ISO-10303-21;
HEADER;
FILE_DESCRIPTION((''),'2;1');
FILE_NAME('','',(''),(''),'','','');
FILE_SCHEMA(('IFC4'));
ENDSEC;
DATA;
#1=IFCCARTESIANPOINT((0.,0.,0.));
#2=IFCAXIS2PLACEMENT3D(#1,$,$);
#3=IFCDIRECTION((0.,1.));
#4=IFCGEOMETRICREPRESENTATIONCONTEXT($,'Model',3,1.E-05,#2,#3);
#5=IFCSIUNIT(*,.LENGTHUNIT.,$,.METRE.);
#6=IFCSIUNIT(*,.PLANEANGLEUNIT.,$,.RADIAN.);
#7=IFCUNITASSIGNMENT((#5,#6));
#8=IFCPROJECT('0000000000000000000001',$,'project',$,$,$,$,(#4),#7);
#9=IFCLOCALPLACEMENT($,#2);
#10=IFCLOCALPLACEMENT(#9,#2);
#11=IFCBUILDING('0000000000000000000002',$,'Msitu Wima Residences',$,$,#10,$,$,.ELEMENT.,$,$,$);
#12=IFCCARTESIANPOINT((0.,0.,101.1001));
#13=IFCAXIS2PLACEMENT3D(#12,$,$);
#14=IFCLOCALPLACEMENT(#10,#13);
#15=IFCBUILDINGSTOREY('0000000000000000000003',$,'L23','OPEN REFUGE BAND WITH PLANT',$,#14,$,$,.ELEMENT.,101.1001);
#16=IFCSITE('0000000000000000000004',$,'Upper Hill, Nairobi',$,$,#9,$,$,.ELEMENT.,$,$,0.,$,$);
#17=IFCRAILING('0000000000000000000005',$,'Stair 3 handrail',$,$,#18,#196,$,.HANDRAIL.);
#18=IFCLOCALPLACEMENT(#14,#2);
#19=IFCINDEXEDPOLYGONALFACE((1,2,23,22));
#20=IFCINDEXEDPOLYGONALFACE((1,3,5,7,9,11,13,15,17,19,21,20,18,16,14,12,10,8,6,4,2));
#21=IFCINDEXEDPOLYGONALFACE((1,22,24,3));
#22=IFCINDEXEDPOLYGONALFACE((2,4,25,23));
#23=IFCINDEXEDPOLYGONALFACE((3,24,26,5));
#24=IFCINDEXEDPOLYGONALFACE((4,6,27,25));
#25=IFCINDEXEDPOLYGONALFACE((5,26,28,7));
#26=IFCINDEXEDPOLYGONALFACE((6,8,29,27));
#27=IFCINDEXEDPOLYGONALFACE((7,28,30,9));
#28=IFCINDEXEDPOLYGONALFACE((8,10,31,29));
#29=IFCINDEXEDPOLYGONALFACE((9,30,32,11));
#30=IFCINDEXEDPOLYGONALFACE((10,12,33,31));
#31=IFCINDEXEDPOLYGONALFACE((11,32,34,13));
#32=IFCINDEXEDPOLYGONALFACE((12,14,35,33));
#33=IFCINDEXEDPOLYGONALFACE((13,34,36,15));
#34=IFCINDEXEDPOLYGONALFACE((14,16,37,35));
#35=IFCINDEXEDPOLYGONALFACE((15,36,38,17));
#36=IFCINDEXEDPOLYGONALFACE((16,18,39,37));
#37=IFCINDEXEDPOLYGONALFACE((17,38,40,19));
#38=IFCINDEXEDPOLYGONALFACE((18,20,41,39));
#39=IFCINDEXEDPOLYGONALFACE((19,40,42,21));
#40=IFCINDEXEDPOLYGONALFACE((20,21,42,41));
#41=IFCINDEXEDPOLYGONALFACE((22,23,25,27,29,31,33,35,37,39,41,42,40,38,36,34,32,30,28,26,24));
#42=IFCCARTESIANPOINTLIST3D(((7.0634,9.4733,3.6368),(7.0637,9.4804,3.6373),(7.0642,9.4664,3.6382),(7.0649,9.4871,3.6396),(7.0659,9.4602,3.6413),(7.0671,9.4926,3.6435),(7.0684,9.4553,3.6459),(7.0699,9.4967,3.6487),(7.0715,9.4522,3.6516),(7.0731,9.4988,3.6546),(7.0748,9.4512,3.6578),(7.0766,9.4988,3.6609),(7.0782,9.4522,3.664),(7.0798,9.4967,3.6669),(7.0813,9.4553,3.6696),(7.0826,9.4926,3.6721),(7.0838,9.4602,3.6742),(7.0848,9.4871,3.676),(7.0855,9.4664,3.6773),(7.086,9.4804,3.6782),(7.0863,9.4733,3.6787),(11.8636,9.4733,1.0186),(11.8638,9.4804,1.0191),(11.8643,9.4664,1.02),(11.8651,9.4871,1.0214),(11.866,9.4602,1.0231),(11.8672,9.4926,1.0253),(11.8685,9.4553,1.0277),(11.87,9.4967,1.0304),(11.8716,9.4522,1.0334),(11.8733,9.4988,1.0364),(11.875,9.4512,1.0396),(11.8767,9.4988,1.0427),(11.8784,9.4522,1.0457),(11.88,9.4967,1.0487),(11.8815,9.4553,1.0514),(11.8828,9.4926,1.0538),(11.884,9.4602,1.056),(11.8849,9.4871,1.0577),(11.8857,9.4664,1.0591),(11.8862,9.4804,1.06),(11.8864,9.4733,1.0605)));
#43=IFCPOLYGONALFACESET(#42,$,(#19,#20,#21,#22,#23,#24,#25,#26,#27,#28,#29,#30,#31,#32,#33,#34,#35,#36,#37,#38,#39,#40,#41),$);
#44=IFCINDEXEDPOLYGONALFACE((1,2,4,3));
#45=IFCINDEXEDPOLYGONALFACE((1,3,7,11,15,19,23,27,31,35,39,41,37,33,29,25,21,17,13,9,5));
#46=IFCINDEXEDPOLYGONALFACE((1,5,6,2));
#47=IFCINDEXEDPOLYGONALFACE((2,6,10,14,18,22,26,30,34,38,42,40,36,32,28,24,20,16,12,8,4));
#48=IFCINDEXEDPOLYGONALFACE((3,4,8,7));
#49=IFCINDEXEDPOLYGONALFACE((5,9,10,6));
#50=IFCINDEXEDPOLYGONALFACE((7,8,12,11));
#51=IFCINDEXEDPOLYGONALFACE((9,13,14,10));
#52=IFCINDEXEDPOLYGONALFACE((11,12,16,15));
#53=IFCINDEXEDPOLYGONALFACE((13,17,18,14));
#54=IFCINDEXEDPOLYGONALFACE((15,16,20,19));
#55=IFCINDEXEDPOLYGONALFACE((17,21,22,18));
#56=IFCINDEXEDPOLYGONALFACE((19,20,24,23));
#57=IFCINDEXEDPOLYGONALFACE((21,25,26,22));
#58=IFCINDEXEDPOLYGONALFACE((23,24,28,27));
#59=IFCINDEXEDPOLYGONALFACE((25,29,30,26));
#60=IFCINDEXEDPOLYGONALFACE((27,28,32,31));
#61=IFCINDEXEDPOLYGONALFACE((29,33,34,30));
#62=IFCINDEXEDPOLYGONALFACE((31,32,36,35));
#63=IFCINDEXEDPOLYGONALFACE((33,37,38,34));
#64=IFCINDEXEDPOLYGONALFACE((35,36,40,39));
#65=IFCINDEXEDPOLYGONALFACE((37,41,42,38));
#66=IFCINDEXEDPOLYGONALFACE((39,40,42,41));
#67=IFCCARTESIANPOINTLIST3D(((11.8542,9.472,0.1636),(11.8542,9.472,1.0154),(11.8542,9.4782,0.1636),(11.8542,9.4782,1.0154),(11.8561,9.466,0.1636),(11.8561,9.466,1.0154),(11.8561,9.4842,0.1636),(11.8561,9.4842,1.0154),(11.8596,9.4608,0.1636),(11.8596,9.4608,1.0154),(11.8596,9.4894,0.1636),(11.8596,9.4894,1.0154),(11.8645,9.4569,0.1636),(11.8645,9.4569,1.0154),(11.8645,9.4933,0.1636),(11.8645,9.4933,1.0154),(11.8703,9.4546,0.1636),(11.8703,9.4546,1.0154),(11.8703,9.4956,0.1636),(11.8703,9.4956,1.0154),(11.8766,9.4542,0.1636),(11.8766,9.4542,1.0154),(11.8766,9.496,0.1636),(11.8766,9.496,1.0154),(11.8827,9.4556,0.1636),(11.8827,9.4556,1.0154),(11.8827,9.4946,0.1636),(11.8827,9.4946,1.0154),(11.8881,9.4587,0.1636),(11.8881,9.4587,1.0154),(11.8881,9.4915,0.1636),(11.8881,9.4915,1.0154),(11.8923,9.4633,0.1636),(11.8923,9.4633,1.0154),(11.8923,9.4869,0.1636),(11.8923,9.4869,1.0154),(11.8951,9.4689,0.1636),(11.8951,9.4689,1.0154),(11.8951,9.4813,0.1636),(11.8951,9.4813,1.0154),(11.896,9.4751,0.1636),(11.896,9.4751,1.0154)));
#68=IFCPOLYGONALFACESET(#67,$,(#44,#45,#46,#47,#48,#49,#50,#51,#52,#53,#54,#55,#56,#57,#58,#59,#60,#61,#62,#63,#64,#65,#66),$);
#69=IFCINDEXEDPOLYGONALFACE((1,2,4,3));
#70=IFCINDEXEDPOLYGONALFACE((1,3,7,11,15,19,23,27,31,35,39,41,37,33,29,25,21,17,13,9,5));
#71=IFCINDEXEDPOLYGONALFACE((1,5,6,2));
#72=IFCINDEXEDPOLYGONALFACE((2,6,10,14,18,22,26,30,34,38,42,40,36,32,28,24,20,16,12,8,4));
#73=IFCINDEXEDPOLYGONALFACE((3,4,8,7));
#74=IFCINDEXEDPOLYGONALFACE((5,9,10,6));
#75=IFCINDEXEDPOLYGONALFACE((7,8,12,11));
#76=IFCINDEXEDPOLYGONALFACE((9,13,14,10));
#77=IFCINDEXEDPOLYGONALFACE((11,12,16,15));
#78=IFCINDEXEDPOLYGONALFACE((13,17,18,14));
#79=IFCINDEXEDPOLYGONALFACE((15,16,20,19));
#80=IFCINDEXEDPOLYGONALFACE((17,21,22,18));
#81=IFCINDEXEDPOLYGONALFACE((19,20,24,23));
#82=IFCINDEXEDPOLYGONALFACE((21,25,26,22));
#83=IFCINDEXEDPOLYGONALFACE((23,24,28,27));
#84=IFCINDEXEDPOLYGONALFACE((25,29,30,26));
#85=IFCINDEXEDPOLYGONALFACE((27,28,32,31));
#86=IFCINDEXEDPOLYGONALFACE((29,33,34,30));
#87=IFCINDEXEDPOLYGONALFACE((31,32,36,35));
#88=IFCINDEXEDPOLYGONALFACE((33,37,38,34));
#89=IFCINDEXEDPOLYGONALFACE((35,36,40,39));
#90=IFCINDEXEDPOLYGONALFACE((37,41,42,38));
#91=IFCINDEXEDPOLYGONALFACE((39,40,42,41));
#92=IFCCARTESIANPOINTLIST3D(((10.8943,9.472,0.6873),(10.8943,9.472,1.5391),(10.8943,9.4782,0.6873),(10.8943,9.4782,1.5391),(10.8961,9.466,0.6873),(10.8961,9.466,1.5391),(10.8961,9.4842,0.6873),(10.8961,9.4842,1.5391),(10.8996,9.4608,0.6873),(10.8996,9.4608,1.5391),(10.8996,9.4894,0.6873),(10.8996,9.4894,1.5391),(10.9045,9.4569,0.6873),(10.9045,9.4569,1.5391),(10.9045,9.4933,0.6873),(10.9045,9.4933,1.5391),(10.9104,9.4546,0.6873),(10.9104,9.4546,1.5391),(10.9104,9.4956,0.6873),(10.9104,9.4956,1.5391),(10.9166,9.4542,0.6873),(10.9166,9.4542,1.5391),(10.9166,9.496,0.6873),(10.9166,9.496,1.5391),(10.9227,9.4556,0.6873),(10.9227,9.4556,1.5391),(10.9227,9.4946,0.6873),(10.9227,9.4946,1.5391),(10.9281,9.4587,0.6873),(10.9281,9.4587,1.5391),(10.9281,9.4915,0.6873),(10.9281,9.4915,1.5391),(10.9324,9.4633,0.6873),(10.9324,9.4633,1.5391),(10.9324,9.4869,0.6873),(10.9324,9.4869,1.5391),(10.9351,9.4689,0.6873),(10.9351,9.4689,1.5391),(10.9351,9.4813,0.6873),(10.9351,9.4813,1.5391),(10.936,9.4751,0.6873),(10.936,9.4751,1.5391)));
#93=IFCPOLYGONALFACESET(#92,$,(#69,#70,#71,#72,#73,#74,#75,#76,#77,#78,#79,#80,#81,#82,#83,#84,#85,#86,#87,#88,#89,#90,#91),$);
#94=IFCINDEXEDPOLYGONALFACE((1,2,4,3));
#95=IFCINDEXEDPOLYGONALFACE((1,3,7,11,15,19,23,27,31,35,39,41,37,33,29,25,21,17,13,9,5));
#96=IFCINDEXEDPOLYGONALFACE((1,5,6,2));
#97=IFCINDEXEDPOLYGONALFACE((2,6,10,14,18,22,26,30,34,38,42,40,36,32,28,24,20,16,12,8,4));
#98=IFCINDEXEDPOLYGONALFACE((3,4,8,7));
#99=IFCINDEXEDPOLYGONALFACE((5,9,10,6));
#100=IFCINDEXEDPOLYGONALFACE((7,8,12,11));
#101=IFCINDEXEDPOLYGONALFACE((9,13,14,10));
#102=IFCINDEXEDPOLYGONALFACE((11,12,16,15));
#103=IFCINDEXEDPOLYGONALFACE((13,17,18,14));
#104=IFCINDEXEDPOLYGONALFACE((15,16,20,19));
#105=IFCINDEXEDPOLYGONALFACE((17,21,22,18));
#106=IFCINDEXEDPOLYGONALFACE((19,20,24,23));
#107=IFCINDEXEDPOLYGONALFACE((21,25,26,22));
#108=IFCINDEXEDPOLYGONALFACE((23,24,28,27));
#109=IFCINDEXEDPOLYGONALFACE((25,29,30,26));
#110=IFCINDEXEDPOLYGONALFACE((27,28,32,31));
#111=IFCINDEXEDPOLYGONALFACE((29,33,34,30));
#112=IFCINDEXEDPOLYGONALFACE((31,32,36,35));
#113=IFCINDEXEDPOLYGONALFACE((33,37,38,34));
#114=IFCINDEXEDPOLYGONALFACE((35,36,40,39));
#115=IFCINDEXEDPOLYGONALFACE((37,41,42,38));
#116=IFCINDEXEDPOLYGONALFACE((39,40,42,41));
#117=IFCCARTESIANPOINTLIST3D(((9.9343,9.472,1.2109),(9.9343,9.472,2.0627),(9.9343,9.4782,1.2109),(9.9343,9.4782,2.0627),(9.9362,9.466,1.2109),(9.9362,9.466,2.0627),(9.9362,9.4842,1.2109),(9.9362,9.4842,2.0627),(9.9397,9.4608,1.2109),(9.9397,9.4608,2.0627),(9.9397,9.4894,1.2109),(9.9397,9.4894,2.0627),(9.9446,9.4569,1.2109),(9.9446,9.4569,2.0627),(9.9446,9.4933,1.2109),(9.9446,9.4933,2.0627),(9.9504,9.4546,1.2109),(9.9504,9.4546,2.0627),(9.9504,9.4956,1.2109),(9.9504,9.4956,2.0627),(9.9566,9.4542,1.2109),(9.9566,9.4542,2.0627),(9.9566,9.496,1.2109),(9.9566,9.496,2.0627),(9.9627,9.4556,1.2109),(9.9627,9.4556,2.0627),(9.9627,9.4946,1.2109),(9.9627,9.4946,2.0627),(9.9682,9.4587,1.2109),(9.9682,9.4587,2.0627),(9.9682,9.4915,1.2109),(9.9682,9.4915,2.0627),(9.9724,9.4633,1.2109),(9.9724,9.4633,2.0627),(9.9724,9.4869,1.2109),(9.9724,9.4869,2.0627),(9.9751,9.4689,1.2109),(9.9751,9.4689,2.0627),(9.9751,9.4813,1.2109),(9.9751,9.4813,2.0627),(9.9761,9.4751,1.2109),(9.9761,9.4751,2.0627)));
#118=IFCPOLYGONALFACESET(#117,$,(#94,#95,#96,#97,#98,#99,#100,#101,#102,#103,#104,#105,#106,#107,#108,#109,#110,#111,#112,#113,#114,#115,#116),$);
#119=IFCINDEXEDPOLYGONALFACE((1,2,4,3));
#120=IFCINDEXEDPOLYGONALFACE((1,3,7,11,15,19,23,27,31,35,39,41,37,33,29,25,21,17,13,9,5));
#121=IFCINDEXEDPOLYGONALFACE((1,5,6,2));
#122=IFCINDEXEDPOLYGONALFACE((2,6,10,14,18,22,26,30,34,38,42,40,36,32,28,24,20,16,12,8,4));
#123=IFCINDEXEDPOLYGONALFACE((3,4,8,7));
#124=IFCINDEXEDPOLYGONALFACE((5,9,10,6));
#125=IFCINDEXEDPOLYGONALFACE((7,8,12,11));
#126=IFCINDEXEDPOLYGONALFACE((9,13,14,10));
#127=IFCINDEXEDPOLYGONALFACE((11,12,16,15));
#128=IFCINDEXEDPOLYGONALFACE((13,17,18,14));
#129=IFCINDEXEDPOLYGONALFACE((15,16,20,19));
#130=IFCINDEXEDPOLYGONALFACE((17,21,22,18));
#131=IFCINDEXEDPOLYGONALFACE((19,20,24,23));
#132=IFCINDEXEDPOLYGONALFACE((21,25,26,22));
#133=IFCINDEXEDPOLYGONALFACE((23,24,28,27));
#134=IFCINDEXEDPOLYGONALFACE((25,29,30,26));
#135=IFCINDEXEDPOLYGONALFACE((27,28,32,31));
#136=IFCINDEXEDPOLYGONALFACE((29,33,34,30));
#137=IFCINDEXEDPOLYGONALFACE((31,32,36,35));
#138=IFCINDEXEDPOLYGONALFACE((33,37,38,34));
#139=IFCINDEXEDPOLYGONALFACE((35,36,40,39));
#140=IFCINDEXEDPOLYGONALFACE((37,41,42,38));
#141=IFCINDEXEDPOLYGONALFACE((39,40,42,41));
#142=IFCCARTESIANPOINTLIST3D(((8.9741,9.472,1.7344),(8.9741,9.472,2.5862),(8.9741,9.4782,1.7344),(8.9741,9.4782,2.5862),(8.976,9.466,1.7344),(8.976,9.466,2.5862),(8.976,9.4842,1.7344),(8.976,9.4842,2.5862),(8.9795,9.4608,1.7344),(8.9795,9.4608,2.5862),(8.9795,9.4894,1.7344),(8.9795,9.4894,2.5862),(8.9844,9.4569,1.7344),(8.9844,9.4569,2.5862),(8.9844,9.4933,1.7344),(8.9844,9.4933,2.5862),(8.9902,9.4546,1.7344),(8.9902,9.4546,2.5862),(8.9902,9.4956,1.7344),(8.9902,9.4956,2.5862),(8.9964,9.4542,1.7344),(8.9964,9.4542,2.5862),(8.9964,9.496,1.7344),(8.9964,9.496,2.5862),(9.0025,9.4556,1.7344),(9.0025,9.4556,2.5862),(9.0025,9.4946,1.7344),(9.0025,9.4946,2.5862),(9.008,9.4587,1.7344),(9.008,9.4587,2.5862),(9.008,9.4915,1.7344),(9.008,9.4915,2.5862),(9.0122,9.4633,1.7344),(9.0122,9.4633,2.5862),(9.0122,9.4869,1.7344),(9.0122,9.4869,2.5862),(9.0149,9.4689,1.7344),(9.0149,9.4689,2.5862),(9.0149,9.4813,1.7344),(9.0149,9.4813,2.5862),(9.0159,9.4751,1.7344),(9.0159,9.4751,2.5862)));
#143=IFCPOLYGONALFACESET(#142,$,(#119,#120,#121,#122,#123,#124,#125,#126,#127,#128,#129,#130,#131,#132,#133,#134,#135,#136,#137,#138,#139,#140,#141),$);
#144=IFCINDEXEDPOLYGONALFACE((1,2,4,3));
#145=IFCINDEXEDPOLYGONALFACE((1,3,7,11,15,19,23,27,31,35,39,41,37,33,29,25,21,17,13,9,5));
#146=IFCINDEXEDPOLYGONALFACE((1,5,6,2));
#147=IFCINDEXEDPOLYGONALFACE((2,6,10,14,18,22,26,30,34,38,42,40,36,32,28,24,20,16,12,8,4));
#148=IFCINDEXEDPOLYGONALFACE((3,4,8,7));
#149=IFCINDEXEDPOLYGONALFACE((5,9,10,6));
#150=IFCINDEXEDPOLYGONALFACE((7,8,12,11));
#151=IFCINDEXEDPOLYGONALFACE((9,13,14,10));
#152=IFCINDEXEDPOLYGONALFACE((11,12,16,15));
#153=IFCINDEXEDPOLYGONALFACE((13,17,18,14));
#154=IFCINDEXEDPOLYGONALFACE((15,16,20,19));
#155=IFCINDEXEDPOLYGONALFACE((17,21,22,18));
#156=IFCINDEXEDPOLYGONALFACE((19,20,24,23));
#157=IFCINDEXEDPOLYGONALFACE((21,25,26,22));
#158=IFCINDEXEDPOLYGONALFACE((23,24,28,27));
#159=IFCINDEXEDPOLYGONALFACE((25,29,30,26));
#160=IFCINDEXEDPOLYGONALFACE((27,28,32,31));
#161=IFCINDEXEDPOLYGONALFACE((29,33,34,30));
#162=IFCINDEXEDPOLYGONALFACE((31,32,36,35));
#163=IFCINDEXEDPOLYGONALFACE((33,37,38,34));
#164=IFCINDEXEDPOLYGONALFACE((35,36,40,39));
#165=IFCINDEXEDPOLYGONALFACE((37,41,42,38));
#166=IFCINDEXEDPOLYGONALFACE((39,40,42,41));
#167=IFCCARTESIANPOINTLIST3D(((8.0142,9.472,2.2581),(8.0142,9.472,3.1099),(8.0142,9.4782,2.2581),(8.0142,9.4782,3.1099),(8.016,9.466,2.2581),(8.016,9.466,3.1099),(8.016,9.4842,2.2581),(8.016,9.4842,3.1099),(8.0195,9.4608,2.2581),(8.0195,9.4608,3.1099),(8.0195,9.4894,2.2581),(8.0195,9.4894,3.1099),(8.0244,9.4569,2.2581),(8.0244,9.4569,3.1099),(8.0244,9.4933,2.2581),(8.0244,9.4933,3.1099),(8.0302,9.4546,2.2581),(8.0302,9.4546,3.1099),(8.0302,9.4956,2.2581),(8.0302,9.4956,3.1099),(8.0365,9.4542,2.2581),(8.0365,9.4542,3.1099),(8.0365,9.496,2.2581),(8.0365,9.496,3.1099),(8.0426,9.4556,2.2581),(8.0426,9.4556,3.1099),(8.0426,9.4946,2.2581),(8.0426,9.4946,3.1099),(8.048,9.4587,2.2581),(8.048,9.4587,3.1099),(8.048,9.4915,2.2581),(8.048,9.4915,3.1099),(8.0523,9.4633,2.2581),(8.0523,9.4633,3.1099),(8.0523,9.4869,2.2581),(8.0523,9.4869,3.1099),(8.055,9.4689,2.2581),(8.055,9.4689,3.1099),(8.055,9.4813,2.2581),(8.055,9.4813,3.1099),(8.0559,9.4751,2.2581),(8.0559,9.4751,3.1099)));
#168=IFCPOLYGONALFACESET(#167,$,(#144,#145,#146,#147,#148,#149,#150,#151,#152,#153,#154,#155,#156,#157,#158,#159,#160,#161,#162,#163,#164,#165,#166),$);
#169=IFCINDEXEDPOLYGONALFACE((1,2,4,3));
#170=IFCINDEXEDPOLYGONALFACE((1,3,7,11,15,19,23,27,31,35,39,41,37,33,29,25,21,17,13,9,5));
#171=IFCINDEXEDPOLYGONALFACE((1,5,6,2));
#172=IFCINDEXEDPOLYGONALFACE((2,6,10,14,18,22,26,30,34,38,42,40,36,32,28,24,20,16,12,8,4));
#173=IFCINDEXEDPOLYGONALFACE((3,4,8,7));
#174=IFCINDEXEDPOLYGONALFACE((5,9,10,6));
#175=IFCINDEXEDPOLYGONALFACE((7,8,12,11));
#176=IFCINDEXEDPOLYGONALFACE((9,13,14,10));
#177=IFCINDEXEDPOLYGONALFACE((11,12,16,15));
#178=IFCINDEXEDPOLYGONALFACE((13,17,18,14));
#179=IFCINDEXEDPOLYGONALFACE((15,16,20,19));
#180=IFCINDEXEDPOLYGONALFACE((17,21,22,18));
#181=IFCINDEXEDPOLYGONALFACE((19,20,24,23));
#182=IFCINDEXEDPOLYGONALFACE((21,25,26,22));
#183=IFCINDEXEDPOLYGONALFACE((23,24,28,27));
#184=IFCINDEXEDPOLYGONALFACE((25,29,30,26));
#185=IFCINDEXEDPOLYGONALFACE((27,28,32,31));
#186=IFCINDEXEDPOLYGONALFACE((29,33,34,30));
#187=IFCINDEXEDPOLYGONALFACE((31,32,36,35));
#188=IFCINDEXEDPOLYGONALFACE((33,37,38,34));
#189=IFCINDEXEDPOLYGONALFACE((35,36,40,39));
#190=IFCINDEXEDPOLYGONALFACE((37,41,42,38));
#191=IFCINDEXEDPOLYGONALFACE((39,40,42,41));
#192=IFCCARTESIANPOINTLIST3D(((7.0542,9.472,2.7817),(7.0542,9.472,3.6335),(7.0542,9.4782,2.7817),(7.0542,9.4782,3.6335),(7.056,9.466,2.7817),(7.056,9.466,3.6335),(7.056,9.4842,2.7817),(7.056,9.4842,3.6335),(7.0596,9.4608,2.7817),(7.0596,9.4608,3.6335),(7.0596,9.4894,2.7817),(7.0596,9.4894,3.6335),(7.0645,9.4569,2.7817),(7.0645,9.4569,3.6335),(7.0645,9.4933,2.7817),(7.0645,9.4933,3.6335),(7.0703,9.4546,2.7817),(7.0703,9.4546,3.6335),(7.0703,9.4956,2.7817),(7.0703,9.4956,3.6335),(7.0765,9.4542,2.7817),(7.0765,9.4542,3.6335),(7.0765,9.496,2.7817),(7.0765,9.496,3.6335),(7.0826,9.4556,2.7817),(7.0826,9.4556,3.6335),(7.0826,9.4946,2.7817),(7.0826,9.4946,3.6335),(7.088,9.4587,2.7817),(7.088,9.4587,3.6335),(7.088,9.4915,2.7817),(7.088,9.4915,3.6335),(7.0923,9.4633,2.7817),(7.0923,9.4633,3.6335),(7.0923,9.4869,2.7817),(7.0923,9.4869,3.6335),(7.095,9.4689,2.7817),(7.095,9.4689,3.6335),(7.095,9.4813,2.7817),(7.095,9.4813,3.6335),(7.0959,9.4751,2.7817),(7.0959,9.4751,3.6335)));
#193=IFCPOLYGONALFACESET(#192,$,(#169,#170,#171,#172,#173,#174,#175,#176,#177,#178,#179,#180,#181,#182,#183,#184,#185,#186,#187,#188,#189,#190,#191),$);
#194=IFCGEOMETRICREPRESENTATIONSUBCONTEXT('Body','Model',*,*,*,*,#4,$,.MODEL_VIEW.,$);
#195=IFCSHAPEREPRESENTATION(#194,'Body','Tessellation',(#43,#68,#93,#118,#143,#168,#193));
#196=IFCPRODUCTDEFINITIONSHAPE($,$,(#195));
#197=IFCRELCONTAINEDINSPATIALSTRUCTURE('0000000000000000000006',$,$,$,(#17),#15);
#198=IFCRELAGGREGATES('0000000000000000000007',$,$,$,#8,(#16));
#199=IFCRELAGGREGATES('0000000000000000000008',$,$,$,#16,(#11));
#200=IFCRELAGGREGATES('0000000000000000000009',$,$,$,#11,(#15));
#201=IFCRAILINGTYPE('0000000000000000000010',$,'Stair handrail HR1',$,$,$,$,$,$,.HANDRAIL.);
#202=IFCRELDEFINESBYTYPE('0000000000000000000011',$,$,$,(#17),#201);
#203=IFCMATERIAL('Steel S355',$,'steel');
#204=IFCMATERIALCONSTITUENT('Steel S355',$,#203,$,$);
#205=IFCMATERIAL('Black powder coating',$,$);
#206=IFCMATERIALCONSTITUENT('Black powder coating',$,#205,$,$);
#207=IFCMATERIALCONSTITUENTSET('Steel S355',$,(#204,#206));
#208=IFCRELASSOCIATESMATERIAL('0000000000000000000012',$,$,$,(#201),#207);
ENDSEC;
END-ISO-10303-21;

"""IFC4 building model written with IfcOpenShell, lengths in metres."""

from ifc_helpers import new_model, si_unit, direction, frame, origin, origin_2d, place, context, subcontext, project, spatial, circle, extrude, material, constituent, constituent_set, type_object, element, save


model = new_model("IFC4")

# Units and contexts
model_context = context("Model", 3, precision=1e-05, world=origin(), true_north=direction((0.0, 1.0)))
body_context = subcontext(model_context, "Body", "Model", "MODEL_VIEW")
ifc_project = project(units=[si_unit("LENGTHUNIT", "METRE"), si_unit("PLANEANGLEUNIT", "RADIAN")], contexts=[model_context])

# Site, building, storey
site_placement = place(None, origin())
site = spatial("IfcSite", under=ifc_project, at=site_placement, Name="Upper Hill, Nairobi", CompositionType="ELEMENT", RefElevation=0.0)
building_placement = place(site_placement, origin())
building = spatial("IfcBuilding", under=site, at=building_placement, Name="Msitu Wima Residences", CompositionType="ELEMENT")
storey_placement = place(building_placement, frame((0.0, 0.0, 101.1001)))
storey = spatial("IfcBuildingStorey", under=building, at=storey_placement, Name="L23", Description="OPEN REFUGE BAND WITH PLANT", CompositionType="ELEMENT", Elevation=101.1001)

# Railing
ifc_material_1 = material(Name="Steel S355", Category="steel")
ifc_constituent_1 = constituent(ifc_material_1, Name="Steel S355")
ifc_material_2 = material(Name="Black powder coating")
ifc_constituent_2 = constituent(ifc_material_2, Name="Black powder coating")
ifc_constituent_set_1 = constituent_set(constituents=[ifc_constituent_1, ifc_constituent_2], Name="Steel S355")
railing_type_1 = type_object("IfcRailingType", Name="Stair handrail HR1", PredefinedType="HANDRAIL", material=ifc_constituent_set_1)
for number, where, name in (
    (1, (11.875, 9.4751, 0.1636), "Stair 3 handrail"),
):
    element("IfcRailing", number, at=place(storey_placement, frame(where)), inside=storey, type_object=railing_type_1, Name=name, PredefinedType="HANDRAIL", context=body_context, shape_type="SweptSolid", body=[
        extrude(circle(Radius=0.0239, at=origin_2d()), frame((0.0, 0.0, 0.876), z_axis=(-0.877899, 0.0, 0.478846), x_axis=(0.0, -1.0, 0.0)), (0.0, 0.0, 1.0), 5.4678),
        extrude(circle(Radius=0.021, at=origin_2d()), origin(), (0.0, 0.0, 1.0), 0.8518),
        extrude(circle(Radius=0.021, at=origin_2d()), frame((-0.96, 0.0, 0.5237)), (0.0, 0.0, 1.0), 0.8518),
        extrude(circle(Radius=0.021, at=origin_2d()), frame((-1.9199, 0.0, 1.0474)), (0.0, 0.0, 1.0), 0.8518),
        extrude(circle(Radius=0.021, at=origin_2d()), frame((-2.8801, 0.0, 1.5708)), (0.0, 0.0, 1.0), 0.8518),
        extrude(circle(Radius=0.021, at=origin_2d()), frame((-3.8401, 0.0, 2.0945)), (0.0, 0.0, 1.0), 0.8518),
        extrude(circle(Radius=0.021, at=origin_2d()), frame((-4.8, 0.0, 2.6182)), (0.0, 0.0, 1.0), 0.8518),
    ])

save(model, "model.ifc")
